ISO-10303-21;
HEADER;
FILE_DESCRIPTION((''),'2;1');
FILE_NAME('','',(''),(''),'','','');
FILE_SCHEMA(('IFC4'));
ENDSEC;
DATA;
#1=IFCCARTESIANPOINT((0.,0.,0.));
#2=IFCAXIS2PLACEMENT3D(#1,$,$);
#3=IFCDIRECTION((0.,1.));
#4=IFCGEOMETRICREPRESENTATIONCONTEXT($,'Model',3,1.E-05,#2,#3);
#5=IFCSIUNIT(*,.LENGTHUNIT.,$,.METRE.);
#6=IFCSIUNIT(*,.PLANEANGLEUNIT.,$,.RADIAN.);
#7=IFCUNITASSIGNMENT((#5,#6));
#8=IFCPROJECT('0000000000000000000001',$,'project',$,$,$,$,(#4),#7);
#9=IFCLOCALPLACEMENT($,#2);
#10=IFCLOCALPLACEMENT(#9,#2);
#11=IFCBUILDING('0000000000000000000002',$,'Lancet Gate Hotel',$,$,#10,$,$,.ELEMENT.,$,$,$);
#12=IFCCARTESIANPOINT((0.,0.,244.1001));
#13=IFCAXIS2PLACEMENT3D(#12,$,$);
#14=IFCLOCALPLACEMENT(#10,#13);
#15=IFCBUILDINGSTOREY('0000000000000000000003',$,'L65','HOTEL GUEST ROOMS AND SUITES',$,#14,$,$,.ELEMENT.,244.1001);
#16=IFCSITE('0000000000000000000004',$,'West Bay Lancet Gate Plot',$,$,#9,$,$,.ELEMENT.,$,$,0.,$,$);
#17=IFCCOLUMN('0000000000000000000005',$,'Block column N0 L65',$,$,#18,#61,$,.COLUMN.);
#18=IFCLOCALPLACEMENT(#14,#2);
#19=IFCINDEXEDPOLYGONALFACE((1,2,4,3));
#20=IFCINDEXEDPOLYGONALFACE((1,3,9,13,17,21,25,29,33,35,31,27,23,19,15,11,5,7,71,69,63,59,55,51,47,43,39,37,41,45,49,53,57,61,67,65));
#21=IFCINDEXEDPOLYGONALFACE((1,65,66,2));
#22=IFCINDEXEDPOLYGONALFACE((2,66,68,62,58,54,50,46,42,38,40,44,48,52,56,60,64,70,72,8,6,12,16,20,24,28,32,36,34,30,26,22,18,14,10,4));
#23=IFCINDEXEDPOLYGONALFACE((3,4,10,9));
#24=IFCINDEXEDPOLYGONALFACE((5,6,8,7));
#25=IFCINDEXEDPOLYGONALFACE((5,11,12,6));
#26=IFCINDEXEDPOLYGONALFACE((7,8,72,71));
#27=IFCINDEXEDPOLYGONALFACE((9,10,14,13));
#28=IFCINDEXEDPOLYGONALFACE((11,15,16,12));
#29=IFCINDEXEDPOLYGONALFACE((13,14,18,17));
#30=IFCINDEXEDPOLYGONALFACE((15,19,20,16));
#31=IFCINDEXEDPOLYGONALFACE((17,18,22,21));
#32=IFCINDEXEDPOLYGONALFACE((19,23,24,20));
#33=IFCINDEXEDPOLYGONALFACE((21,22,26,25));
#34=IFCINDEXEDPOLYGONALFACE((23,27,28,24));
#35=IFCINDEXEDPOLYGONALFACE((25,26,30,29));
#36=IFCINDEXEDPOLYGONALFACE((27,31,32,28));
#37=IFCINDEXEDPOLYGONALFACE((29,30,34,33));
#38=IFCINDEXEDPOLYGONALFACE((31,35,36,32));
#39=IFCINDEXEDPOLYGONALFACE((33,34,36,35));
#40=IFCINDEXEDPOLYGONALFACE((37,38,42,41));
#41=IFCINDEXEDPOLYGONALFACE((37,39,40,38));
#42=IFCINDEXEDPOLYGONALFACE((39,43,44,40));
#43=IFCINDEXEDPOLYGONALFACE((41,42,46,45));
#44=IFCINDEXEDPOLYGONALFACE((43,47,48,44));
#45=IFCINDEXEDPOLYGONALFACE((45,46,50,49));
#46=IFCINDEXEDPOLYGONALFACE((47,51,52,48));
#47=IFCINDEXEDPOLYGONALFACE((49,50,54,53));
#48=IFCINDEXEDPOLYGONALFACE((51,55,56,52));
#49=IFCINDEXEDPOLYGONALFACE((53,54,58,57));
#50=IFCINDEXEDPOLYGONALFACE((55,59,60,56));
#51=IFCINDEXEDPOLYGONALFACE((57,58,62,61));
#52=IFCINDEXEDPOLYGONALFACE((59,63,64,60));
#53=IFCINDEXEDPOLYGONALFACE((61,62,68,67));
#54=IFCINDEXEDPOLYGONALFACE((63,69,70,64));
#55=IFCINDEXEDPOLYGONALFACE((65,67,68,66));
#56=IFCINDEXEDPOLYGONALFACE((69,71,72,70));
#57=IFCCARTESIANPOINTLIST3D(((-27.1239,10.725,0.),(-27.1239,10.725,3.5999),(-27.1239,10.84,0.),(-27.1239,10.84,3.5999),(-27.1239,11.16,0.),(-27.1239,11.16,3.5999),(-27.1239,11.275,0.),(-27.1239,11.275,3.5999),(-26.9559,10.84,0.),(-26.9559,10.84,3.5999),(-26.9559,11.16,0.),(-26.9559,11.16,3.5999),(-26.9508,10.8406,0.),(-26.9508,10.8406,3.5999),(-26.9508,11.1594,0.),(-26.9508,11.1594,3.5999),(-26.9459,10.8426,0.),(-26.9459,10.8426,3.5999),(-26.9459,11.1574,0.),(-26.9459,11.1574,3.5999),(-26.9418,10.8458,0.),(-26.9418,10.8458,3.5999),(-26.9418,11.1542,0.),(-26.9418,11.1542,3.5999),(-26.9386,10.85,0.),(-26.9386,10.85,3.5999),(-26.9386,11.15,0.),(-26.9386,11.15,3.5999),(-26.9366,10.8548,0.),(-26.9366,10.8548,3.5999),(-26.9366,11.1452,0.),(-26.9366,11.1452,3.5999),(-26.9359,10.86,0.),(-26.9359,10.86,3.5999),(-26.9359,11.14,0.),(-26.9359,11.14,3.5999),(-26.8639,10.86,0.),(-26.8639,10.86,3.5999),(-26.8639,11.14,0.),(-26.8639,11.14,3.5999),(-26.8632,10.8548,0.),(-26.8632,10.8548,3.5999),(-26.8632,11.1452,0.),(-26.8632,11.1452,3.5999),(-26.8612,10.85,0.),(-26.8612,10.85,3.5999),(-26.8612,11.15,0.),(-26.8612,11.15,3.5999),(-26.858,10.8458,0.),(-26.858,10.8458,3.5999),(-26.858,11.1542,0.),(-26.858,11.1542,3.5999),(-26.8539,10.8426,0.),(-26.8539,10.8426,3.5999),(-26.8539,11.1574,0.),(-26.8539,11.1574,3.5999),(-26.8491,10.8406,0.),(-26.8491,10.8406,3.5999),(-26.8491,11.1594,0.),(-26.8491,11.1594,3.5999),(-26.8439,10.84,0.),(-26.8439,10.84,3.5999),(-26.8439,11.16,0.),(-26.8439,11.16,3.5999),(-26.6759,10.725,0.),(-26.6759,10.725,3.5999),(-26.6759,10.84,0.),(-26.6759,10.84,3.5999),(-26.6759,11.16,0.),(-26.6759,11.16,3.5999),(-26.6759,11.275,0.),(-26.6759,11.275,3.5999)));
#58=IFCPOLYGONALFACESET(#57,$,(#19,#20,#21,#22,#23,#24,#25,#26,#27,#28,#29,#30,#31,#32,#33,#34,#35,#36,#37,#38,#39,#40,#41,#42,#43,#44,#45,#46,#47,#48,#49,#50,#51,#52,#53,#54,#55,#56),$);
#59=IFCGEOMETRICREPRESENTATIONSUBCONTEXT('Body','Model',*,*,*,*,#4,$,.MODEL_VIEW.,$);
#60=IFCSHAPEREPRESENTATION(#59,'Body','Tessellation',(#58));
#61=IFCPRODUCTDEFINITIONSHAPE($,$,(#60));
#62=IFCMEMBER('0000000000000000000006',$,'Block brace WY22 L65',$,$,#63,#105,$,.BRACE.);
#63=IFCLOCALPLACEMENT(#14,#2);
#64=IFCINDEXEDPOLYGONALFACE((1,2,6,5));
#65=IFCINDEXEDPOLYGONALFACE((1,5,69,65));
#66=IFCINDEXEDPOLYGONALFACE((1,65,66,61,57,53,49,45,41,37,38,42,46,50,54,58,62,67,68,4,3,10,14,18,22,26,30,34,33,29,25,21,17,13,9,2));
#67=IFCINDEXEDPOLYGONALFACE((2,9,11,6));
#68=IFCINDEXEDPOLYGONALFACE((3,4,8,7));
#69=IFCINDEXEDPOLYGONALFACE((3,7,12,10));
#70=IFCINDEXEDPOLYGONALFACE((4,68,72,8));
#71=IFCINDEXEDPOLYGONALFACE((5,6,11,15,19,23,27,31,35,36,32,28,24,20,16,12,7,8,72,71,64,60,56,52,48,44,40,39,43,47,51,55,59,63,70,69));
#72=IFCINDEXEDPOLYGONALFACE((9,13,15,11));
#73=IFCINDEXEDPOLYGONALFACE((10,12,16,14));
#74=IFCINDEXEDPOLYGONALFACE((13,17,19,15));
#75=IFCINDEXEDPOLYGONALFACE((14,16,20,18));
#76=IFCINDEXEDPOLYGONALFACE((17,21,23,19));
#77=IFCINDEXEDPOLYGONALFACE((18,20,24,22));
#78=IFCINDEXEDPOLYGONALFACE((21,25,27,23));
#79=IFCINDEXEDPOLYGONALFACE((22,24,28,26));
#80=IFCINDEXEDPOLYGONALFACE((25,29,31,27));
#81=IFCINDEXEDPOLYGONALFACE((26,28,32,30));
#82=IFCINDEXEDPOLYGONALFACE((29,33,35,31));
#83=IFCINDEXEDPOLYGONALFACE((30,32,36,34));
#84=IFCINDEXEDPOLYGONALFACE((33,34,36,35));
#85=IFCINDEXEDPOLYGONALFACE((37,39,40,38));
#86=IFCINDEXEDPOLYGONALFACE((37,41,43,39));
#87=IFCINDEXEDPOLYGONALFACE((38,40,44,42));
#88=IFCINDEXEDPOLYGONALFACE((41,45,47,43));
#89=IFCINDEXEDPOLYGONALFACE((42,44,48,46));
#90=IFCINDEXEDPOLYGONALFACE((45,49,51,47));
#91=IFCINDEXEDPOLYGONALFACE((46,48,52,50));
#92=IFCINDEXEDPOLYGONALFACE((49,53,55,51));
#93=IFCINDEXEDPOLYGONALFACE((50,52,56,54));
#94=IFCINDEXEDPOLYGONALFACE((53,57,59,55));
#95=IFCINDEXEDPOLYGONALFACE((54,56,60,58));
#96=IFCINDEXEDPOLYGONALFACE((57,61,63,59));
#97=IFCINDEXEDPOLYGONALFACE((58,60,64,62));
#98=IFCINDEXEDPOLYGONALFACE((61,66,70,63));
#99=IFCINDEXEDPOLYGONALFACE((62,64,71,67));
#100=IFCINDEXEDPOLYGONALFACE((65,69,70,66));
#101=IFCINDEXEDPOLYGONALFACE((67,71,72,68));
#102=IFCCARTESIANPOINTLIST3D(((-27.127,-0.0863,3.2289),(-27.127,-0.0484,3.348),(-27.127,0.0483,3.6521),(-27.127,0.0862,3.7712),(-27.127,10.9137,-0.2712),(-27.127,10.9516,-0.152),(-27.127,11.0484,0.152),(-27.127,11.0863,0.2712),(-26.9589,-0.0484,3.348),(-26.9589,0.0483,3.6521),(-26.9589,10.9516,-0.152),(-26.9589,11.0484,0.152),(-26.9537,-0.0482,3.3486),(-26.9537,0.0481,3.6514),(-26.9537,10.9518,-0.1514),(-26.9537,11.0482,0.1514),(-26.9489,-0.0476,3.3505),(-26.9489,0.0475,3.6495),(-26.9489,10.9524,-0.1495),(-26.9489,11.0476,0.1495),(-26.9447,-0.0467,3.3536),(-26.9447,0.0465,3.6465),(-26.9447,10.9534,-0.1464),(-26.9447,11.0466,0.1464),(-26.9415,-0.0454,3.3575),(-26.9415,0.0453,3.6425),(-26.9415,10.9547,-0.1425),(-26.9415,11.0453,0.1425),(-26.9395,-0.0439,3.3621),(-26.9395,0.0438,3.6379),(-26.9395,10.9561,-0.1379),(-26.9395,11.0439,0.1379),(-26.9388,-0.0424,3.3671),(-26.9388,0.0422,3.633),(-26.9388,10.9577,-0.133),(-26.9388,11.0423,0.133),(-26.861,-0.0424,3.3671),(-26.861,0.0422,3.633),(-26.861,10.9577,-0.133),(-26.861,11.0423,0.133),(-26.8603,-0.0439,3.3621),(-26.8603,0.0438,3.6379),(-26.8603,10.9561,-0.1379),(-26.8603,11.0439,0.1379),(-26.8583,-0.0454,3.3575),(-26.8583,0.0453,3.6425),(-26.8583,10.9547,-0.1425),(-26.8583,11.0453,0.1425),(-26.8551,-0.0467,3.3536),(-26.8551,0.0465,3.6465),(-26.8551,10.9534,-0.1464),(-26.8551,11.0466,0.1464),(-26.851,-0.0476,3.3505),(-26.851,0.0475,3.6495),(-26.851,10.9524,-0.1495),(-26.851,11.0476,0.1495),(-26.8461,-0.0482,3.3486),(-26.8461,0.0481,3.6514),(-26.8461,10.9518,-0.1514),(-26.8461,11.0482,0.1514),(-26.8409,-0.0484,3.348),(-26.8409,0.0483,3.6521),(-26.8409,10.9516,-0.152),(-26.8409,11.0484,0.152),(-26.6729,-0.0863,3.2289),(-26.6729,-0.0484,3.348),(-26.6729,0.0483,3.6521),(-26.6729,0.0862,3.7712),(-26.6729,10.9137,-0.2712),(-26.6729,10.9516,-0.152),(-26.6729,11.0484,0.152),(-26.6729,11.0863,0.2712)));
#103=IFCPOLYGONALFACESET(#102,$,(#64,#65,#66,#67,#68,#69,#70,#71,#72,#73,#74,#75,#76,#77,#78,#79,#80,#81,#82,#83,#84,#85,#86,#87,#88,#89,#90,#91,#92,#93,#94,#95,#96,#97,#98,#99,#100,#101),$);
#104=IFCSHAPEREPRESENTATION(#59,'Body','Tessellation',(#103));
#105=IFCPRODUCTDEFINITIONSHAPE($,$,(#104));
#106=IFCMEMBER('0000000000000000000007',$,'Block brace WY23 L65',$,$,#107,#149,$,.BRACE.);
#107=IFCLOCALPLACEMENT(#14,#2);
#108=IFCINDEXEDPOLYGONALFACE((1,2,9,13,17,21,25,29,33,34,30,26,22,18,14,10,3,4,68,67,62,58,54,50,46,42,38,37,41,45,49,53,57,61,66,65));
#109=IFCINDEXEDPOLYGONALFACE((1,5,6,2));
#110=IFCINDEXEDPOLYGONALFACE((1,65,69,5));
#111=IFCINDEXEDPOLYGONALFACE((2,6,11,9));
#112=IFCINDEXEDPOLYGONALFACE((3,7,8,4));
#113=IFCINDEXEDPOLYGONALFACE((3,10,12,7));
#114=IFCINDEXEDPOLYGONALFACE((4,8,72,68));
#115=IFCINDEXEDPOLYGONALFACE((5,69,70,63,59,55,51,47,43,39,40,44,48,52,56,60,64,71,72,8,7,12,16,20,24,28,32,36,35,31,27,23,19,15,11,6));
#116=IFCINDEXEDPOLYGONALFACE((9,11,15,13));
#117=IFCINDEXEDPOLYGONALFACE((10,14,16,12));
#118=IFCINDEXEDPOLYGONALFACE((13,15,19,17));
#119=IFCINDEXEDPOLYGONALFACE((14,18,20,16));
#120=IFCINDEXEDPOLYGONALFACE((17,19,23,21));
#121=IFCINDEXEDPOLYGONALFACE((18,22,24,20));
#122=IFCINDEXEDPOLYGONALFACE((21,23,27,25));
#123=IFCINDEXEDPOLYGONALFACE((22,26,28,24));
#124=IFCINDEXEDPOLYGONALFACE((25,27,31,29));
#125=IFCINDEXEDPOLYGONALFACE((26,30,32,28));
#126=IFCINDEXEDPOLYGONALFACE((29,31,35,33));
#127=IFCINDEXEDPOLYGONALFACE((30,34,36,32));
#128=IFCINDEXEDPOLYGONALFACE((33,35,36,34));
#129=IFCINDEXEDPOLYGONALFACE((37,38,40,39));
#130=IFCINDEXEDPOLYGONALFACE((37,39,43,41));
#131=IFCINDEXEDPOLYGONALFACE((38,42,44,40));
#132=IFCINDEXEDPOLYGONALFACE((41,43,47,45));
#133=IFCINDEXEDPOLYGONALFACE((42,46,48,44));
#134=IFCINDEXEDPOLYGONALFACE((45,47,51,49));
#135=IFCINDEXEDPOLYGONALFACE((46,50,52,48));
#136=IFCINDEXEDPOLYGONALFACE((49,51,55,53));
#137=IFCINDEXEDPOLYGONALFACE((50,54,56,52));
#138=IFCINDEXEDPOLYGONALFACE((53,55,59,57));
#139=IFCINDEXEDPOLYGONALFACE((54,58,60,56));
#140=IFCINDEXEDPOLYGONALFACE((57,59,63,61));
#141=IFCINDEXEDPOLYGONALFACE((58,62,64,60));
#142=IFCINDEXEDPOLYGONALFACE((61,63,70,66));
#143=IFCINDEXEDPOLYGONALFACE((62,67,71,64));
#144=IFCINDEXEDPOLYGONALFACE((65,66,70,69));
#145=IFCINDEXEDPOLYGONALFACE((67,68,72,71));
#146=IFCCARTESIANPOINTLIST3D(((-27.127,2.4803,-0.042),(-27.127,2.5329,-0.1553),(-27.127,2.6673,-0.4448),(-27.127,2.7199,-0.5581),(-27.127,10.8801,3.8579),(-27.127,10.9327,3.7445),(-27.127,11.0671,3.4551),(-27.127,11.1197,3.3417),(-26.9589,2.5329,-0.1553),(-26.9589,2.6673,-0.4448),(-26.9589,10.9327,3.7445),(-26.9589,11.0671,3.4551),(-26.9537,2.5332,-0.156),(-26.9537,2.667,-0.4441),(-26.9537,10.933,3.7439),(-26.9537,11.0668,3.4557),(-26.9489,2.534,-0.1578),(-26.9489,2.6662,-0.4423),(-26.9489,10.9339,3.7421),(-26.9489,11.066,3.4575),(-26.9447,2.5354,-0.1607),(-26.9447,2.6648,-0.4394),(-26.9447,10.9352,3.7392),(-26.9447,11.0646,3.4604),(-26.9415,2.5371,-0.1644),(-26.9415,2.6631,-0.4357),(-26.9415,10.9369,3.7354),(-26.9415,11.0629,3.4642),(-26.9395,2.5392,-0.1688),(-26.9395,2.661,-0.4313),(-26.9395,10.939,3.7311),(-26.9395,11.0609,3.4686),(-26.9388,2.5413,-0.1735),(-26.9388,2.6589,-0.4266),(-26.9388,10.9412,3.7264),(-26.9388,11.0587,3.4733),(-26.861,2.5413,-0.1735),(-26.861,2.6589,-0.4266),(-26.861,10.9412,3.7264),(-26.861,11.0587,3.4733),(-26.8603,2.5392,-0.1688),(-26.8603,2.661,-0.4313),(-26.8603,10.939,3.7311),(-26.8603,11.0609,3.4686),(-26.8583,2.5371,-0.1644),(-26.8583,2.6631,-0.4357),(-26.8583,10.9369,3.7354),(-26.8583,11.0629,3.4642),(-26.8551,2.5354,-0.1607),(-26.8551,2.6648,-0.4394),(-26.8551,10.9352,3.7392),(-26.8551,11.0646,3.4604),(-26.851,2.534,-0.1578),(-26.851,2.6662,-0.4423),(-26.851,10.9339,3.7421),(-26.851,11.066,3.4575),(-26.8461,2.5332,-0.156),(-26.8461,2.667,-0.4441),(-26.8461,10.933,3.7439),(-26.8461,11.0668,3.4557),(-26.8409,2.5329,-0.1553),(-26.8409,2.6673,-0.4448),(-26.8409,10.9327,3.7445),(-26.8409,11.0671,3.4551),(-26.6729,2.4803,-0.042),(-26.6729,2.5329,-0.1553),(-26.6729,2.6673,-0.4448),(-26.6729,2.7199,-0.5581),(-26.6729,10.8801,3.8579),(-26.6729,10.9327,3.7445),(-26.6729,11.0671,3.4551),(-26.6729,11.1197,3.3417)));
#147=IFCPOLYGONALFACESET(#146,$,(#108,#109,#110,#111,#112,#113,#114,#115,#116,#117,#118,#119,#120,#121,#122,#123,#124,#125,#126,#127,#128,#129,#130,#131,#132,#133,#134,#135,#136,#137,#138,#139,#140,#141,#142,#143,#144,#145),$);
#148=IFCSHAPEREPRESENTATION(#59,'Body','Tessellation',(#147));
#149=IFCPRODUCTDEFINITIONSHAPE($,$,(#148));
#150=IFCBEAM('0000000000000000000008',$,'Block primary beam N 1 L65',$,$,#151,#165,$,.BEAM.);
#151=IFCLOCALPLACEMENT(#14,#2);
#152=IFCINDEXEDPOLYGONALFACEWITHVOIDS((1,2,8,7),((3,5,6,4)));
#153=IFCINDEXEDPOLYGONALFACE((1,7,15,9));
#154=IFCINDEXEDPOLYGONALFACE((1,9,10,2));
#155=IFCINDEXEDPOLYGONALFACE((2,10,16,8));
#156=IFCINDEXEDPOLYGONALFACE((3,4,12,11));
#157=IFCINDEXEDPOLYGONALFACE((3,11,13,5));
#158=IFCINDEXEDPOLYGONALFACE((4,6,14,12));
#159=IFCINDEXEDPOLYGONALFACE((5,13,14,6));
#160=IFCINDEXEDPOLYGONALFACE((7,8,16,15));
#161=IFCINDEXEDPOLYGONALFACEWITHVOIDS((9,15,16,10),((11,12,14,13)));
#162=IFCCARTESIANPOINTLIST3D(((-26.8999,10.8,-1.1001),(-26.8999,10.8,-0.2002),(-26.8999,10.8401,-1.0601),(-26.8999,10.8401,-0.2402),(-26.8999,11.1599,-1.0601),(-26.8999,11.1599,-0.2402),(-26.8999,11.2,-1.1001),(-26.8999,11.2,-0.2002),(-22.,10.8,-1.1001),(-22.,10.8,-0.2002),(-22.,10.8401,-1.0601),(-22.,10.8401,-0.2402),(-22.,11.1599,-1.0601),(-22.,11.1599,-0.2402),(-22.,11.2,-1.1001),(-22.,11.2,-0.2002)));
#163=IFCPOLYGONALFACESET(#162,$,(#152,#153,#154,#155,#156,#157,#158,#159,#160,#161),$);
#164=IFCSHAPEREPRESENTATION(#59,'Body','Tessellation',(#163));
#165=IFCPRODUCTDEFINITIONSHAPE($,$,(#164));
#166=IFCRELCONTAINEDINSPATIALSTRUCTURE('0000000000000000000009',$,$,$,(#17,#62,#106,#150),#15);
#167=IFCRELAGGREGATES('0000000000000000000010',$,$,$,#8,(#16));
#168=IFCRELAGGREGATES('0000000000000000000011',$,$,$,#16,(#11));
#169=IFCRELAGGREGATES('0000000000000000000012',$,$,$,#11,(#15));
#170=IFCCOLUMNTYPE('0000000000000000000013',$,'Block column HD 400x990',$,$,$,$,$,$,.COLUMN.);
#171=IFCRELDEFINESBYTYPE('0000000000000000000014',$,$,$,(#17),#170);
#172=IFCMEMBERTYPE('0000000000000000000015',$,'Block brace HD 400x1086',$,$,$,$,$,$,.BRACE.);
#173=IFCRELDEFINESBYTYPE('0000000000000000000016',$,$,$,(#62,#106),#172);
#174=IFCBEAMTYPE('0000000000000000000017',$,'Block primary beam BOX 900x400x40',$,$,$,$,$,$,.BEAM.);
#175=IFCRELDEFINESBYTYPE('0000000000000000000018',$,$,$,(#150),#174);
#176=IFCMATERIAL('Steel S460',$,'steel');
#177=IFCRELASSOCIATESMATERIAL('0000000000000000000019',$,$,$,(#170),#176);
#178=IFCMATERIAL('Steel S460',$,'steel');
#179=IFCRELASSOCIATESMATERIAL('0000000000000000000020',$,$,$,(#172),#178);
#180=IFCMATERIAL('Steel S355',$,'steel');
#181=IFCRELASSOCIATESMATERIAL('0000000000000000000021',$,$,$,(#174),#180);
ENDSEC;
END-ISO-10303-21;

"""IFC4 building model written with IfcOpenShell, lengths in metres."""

from ifc_helpers import new_model, si_unit, direction, frame, origin, origin_2d, place, context, subcontext, project, spatial, hollow_rectangle, i_section, extrude, material, material_profile, profile_set, type_object, element, save


model = new_model("IFC4")

# Units and contexts
model_context = context("Model", 3, precision=1e-05, world=origin(), true_north=direction((0.0, 1.0)))
body_context = subcontext(model_context, "Body", "Model", "MODEL_VIEW")
ifc_project = project(units=[si_unit("LENGTHUNIT", "METRE"), si_unit("PLANEANGLEUNIT", "RADIAN")], contexts=[model_context])

# Site, building, storey
site_placement = place(None, origin())
site = spatial("IfcSite", under=ifc_project, at=site_placement, Name="West Bay Lancet Gate Plot", CompositionType="ELEMENT", RefElevation=0.0)
building_placement = place(site_placement, origin())
building = spatial("IfcBuilding", under=site, at=building_placement, Name="Lancet Gate Hotel", CompositionType="ELEMENT")
storey_placement = place(building_placement, frame((0.0, 0.0, 244.1001)))
storey = spatial("IfcBuildingStorey", under=building, at=storey_placement, Name="L65", Description="HOTEL GUEST ROOMS AND SUITES", CompositionType="ELEMENT", Elevation=244.1001)

# Column
ifc_material_1 = material(Name="Steel S460", Category="steel")
ifc_material_profile_1 = material_profile(ifc_material_1, i_section(OverallWidth=0.448, OverallDepth=0.55, WebThickness=0.072, FlangeThickness=0.115, FilletRadius=0.02, at=origin_2d()), Name="HD 400x990")
ifc_profile_set_1 = profile_set([ifc_material_profile_1], Name="Steel S460")
column_type = type_object("IfcColumnType", Name="Block column HD 400x990", PredefinedType="COLUMN", material=ifc_profile_set_1)
column_placement = place(storey_placement, frame((-26.8999, 11.0, 0.0), z_axis=(0.0, 0.0, 1.0), x_axis=(1.0, 0.0, 0.0)))
element("IfcColumn", 1, at=column_placement, inside=storey, type_object=column_type, Name="Block column N0 L65", PredefinedType="COLUMN", context=body_context, shape_type="SweptSolid", body=[
    extrude(i_section(OverallWidth=0.448, OverallDepth=0.55, WebThickness=0.072, FlangeThickness=0.115, FilletRadius=0.02, at=origin_2d()), origin(), (0.0, 0.0, 1.0), 3.5999),
])

# Members
ifc_material_2 = material(Name="Steel S460", Category="steel")
ifc_material_profile_2 = material_profile(ifc_material_2, i_section(OverallWidth=0.4541, OverallDepth=0.5691, WebThickness=0.0779, FlangeThickness=0.125, FilletRadius=0.02, at=origin_2d()), Name="HD 400x1086")
ifc_profile_set_2 = profile_set([ifc_material_profile_2], Name="Steel S460")
member_type = type_object("IfcMemberType", Name="Block brace HD 400x1086", PredefinedType="BRACE", material=ifc_profile_set_2)
member_1_placement = place(storey_placement, frame((-26.8999, 11.0, 0.0), z_axis=(0.0, -0.952926, 0.303204), x_axis=(1.0, 0.0, 0.0)))
element("IfcMember", 2, at=member_1_placement, inside=storey, type_object=member_type, Name="Block brace WY22 L65", PredefinedType="BRACE", context=body_context, shape_type="SweptSolid", body=[
    extrude(i_section(OverallWidth=0.4541, OverallDepth=0.5691, WebThickness=0.0779, FlangeThickness=0.125, FilletRadius=0.02, at=origin_2d()), origin(), (0.0, 0.0, 1.0), 11.5435),
])
member_2_placement = place(storey_placement, frame((-26.8999, 2.6001, -0.3), z_axis=(0.0, 0.907011, 0.421107), x_axis=(-1.0, 0.0, 0.0)))
element("IfcMember", 3, at=member_2_placement, inside=storey, type_object=member_type, Name="Block brace WY23 L65", PredefinedType="BRACE", context=body_context, shape_type="SweptSolid", body=[
    extrude(i_section(OverallWidth=0.4541, OverallDepth=0.5691, WebThickness=0.0779, FlangeThickness=0.125, FilletRadius=0.02, at=origin_2d()), origin(), (0.0, 0.0, 1.0), 9.261),
])

# Beam
ifc_material_3 = material(Name="Steel S355", Category="steel")
ifc_material_profile_3 = material_profile(ifc_material_3, hollow_rectangle(XDim=0.3999, YDim=0.8999, WallThickness=0.04, at=origin_2d()), Name="BOX 900x400x40")
ifc_profile_set_3 = profile_set([ifc_material_profile_3], Name="Steel S355")
beam_type = type_object("IfcBeamType", Name="Block primary beam BOX 900x400x40", PredefinedType="BEAM", material=ifc_profile_set_3)
beam_placement = place(storey_placement, frame((-26.8999, 11.0, -0.6501), z_axis=(1.0, 0.0, 0.0), x_axis=(0.0, 1.0, 0.0)))
element("IfcBeam", 4, at=beam_placement, inside=storey, type_object=beam_type, Name="Block primary beam N 1 L65", PredefinedType="BEAM", context=body_context, shape_type="SweptSolid", body=[
    extrude(hollow_rectangle(XDim=0.3999, YDim=0.8999, WallThickness=0.04, at=origin_2d()), origin(), (0.0, 0.0, 1.0), 4.8999),
])

save(model, "model.ifc")
